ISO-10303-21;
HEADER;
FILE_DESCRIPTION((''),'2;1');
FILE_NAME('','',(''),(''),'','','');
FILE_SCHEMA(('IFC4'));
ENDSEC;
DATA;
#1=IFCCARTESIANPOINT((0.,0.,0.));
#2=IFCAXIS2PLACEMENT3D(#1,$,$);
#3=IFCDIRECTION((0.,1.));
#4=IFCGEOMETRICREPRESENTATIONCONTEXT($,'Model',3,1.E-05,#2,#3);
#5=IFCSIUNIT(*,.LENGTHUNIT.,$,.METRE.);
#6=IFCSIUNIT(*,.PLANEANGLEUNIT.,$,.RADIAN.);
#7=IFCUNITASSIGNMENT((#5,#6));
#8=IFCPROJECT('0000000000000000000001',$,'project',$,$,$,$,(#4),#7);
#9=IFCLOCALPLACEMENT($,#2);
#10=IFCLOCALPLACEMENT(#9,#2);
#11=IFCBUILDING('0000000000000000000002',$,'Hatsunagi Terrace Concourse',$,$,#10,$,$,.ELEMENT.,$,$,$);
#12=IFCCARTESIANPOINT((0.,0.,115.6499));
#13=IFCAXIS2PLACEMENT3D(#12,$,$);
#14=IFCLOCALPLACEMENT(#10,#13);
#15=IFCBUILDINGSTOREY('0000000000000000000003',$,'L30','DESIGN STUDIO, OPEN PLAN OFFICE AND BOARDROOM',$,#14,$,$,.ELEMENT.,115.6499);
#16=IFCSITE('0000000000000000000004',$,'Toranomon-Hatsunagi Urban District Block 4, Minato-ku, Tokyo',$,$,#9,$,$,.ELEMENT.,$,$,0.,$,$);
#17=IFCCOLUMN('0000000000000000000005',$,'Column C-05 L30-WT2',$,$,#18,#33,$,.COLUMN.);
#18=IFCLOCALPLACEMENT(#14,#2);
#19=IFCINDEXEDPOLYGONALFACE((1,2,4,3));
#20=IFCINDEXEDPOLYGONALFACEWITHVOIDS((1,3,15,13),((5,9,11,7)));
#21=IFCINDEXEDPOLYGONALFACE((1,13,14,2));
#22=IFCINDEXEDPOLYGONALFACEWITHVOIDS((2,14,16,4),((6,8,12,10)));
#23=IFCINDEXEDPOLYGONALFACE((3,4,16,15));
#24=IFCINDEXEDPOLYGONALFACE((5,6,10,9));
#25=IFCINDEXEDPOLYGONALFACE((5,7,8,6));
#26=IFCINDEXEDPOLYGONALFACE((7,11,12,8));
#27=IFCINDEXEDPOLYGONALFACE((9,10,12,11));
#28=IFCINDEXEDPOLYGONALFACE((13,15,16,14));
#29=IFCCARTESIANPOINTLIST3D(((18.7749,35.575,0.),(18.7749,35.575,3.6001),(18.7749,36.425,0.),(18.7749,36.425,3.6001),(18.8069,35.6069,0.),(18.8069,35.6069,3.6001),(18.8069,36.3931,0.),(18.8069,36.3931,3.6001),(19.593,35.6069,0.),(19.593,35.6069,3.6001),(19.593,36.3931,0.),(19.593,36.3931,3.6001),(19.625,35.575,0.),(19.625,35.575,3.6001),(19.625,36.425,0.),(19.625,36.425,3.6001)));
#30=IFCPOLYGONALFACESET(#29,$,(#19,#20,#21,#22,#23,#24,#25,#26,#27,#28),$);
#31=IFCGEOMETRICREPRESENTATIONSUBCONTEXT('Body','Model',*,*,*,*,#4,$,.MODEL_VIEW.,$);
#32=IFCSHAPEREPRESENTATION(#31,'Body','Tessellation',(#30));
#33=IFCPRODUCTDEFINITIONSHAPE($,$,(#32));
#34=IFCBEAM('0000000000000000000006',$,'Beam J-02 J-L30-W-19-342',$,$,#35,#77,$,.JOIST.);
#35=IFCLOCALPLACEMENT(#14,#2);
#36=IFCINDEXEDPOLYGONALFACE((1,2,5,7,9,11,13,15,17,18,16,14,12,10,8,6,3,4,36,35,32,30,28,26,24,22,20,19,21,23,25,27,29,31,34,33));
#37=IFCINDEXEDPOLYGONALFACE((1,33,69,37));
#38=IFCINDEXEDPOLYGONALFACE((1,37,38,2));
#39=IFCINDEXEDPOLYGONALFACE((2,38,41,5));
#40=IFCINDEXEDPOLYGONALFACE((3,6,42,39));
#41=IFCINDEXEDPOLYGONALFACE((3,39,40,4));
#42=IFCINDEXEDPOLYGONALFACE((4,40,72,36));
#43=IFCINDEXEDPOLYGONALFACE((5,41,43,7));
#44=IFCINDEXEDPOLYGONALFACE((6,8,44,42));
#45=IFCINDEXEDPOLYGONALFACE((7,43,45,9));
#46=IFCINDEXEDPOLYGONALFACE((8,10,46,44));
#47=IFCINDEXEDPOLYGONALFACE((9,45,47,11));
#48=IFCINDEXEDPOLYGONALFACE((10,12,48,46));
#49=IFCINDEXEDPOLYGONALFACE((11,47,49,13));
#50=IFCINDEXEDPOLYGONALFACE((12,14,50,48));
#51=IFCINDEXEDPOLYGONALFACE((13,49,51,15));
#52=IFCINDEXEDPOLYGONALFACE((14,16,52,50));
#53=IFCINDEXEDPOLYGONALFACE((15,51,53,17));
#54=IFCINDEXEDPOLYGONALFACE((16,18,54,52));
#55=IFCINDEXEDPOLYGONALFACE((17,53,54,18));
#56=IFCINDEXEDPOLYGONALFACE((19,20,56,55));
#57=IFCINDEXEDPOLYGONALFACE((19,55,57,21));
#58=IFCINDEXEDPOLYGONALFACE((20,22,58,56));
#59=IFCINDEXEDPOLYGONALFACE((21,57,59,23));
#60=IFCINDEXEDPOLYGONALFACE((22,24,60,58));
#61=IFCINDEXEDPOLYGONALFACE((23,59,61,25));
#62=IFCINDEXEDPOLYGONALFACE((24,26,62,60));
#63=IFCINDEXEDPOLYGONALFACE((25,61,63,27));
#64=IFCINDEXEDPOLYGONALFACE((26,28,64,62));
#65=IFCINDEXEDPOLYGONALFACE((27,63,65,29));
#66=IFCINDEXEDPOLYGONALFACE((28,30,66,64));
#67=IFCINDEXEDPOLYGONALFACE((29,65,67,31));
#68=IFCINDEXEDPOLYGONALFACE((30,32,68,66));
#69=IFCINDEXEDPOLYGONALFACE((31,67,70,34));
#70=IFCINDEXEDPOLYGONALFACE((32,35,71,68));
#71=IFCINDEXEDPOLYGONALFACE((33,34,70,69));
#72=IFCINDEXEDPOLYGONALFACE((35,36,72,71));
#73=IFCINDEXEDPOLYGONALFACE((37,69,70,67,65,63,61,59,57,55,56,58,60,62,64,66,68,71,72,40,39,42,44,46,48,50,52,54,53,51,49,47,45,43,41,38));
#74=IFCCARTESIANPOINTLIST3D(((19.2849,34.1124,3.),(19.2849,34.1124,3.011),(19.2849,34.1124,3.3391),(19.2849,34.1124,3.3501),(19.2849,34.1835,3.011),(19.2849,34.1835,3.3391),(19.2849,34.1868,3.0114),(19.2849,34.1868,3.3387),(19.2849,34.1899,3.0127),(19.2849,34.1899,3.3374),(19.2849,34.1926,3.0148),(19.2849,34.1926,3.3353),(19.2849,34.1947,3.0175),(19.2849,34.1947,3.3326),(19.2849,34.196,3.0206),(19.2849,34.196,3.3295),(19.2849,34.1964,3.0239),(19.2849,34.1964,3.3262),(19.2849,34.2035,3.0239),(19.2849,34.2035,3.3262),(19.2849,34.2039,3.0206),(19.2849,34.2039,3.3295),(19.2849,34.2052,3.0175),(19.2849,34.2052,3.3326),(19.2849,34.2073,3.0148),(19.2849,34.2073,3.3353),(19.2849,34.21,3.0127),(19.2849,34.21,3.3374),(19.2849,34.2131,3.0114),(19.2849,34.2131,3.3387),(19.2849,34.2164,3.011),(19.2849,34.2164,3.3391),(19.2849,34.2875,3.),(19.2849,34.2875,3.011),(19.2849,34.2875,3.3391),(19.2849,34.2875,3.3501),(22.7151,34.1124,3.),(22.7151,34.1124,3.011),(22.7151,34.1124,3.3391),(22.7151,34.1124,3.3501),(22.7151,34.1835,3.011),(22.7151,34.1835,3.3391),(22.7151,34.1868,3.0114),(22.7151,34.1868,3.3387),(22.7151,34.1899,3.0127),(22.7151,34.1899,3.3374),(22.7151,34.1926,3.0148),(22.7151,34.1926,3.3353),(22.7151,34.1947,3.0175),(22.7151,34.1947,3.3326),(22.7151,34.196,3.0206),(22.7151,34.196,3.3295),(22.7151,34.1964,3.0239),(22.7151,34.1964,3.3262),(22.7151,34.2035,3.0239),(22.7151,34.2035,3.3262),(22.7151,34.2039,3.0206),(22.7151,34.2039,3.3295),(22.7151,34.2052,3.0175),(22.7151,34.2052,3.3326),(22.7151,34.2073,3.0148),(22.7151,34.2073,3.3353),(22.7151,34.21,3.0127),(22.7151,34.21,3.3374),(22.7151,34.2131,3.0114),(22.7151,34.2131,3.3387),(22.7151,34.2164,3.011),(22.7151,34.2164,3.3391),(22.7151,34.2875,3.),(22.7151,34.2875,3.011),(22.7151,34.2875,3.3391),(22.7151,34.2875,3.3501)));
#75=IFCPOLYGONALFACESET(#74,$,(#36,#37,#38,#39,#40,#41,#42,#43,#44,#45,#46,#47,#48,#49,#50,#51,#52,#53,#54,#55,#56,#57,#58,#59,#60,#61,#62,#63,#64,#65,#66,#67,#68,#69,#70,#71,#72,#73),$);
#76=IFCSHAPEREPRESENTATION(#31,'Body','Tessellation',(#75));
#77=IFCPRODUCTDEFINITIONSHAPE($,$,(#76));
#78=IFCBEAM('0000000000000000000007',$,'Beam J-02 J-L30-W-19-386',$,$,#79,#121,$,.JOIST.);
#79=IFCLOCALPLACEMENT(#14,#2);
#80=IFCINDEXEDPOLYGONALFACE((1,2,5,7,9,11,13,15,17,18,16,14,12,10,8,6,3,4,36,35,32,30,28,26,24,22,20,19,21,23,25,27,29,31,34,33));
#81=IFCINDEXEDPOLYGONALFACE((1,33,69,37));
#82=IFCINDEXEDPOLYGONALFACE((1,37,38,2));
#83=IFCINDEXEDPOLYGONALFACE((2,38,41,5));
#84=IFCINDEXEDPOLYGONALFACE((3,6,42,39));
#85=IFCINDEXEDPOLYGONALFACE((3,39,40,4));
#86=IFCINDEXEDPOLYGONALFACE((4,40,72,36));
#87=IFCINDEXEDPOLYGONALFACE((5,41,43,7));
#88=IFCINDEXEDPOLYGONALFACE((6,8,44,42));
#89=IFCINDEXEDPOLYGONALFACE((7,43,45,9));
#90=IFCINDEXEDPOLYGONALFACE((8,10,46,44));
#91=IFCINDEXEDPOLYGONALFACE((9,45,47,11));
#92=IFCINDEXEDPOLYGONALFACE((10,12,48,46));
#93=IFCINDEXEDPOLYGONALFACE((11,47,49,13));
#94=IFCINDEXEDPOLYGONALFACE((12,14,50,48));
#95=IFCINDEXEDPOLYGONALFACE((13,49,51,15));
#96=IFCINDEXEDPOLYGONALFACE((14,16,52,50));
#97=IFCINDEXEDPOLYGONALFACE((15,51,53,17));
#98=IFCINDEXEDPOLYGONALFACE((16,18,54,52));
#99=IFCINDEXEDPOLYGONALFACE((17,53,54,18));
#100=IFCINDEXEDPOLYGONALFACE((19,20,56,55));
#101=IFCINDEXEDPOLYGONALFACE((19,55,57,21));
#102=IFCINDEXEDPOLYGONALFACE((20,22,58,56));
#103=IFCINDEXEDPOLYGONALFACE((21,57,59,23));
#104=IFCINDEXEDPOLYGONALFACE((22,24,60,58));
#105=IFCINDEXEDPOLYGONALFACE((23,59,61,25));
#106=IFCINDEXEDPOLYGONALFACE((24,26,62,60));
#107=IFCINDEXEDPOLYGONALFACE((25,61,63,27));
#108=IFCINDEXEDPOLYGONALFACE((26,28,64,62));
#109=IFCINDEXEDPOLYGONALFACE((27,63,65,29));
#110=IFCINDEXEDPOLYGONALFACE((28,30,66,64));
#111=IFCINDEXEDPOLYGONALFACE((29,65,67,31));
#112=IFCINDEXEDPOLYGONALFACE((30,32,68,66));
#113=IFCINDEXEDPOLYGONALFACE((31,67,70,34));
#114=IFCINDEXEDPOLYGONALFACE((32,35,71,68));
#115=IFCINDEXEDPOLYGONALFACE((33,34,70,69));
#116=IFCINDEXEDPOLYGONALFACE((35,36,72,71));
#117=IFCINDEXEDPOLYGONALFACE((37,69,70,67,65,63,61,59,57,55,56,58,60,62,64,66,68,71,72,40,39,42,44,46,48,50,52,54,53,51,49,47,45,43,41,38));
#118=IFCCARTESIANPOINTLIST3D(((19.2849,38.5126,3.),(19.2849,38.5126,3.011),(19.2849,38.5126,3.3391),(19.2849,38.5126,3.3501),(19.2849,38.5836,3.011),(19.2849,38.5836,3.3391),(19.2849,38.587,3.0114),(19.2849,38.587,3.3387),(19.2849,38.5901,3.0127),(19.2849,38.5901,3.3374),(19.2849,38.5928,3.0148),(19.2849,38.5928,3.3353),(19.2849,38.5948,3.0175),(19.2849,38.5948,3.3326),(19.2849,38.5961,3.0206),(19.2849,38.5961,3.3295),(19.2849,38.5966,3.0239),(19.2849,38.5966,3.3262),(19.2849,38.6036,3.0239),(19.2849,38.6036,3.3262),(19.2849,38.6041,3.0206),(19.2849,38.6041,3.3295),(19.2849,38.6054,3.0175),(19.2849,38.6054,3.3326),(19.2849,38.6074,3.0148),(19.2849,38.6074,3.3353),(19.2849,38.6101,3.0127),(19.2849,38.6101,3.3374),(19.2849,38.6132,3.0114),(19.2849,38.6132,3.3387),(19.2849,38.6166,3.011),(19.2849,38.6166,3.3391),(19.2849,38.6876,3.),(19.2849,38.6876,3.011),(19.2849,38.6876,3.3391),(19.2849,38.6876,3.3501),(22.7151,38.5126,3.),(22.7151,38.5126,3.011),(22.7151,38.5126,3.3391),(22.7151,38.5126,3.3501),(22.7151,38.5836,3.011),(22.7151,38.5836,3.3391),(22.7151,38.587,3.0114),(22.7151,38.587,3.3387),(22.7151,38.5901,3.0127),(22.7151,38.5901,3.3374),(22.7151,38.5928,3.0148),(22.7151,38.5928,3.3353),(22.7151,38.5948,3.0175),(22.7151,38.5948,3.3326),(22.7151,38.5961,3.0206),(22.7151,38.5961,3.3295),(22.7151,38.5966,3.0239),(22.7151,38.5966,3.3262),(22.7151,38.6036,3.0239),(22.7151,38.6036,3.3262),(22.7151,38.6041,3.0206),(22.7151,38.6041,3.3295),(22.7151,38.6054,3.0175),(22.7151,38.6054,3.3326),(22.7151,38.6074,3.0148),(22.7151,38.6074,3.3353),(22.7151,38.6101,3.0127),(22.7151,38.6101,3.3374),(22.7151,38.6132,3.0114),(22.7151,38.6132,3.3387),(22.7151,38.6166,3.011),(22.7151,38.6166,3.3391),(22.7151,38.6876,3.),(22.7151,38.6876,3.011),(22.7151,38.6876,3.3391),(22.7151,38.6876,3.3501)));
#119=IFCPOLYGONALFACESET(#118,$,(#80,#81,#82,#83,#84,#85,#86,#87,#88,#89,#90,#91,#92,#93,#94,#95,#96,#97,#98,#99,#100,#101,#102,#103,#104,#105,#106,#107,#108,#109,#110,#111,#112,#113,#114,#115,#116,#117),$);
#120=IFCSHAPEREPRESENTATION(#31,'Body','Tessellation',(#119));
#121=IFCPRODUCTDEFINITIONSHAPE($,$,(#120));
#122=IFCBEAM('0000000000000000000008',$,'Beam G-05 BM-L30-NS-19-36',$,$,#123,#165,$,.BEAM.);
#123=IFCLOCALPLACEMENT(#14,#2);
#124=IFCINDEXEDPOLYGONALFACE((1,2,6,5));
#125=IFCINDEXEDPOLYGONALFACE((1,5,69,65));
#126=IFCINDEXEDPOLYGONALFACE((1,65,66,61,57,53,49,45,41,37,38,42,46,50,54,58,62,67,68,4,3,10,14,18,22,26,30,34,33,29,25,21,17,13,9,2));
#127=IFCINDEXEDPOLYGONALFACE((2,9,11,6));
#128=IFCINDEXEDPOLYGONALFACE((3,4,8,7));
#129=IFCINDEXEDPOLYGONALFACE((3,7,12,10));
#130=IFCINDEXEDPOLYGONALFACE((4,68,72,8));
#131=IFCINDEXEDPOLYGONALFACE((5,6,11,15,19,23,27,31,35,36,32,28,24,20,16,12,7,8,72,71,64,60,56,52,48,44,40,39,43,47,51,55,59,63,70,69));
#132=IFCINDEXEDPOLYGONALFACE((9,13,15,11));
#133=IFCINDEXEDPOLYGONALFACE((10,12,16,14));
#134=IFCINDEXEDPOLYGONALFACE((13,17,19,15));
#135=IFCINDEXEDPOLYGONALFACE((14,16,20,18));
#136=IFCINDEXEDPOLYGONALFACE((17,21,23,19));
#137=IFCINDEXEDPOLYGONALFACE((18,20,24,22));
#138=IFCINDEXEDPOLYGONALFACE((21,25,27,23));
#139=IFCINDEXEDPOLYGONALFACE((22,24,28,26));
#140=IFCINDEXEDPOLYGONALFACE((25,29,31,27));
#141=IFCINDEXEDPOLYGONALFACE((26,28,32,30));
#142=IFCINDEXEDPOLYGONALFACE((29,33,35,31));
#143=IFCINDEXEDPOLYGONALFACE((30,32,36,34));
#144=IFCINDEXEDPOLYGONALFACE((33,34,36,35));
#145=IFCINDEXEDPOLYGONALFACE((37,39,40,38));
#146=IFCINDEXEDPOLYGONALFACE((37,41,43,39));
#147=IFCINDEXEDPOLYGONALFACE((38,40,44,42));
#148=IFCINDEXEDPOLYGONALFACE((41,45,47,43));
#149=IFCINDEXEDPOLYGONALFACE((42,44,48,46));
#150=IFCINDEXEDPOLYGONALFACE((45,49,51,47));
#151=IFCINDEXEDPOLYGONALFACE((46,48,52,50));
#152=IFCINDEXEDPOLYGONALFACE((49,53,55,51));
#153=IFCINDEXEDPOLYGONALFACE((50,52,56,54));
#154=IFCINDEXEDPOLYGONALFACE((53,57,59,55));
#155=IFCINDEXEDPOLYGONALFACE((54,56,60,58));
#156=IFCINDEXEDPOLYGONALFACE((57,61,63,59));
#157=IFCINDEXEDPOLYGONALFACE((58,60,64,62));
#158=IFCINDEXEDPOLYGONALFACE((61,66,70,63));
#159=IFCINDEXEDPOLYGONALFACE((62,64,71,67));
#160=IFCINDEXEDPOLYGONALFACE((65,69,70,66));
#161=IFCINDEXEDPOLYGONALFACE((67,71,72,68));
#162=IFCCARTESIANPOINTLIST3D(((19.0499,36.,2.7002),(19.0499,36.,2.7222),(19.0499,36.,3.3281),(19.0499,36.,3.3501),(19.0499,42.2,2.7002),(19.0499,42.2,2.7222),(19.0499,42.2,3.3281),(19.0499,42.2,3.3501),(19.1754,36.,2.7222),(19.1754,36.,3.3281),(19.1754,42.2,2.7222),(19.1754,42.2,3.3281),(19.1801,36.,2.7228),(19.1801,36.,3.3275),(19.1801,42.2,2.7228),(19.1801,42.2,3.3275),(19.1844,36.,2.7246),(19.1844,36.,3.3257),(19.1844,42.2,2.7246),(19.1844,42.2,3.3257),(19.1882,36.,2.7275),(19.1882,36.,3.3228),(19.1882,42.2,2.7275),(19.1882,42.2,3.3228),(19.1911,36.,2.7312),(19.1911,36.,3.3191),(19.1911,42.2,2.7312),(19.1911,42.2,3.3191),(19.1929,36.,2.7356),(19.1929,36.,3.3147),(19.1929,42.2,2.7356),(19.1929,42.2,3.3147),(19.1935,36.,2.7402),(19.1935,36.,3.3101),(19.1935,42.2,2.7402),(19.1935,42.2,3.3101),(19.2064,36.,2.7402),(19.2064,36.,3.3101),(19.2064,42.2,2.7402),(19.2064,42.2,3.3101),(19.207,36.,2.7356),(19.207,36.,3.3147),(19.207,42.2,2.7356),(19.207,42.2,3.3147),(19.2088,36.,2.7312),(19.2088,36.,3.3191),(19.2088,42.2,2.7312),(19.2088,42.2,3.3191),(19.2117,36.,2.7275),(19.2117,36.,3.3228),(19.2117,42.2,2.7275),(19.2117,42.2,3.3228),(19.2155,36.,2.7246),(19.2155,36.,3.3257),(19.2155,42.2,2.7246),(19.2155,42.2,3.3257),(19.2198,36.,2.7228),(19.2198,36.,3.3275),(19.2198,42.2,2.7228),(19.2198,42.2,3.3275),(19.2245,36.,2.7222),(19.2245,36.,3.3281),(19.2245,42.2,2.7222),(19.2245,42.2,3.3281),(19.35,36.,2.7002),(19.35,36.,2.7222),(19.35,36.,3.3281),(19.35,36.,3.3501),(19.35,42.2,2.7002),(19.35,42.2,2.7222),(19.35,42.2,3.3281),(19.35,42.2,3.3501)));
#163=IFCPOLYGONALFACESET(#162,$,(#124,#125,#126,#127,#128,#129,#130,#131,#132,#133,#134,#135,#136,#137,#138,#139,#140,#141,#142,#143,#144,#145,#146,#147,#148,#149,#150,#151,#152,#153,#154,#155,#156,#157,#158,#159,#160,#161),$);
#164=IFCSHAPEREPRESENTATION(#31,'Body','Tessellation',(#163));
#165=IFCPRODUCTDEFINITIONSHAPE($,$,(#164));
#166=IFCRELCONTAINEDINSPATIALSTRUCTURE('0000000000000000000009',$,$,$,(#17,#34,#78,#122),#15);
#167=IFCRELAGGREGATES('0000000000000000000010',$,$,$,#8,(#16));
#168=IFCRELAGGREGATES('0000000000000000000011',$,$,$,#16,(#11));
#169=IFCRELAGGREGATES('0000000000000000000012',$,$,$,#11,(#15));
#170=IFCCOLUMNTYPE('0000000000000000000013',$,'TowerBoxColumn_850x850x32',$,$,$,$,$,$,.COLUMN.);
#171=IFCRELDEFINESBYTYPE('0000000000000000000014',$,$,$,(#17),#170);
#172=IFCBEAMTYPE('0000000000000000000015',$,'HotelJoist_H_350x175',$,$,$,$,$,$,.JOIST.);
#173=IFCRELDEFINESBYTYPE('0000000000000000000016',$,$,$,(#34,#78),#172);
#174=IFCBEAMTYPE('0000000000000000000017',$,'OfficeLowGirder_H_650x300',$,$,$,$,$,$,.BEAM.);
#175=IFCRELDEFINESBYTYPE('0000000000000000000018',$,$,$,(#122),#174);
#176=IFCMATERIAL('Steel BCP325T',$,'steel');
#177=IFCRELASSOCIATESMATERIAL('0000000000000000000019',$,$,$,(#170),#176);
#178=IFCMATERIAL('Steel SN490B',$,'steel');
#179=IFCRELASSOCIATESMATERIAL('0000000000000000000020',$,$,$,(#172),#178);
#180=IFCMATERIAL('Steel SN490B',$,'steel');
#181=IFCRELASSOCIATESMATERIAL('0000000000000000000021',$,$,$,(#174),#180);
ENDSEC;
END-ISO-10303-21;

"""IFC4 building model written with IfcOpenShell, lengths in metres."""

from ifc_helpers import new_model, si_unit, direction, frame, origin, origin_2d, place, context, subcontext, project, spatial, hollow_rectangle, i_section, extrude, material, material_profile, profile_set, type_object, element, save


model = new_model("IFC4")

# Units and contexts
model_context = context("Model", 3, precision=1e-05, world=origin(), true_north=direction((0.0, 1.0)))
body_context = subcontext(model_context, "Body", "Model", "MODEL_VIEW")
ifc_project = project(units=[si_unit("LENGTHUNIT", "METRE"), si_unit("PLANEANGLEUNIT", "RADIAN")], contexts=[model_context])

# Site, building, storey
site_placement = place(None, origin())
site = spatial("IfcSite", under=ifc_project, at=site_placement, Name="Toranomon-Hatsunagi Urban District Block 4, Minato-ku, Tokyo", CompositionType="ELEMENT", RefElevation=0.0)
building_placement = place(site_placement, origin())
building = spatial("IfcBuilding", under=site, at=building_placement, Name="Hatsunagi Terrace Concourse", CompositionType="ELEMENT")
storey_placement = place(building_placement, frame((0.0, 0.0, 115.6499)))
storey = spatial("IfcBuildingStorey", under=building, at=storey_placement, Name="L30", Description="DESIGN STUDIO, OPEN PLAN OFFICE AND BOARDROOM", CompositionType="ELEMENT", Elevation=115.6499)

# Column
ifc_material_1 = material(Name="Steel BCP325T", Category="steel")
ifc_material_profile_1 = material_profile(ifc_material_1, hollow_rectangle(XDim=0.8501, YDim=0.8501, WallThickness=0.032, at=origin_2d()), Name="BCP-850x850x32")
ifc_profile_set_1 = profile_set([ifc_material_profile_1], Name="Steel BCP325T")
column_type = type_object("IfcColumnType", Name="TowerBoxColumn_850x850x32", PredefinedType="COLUMN", material=ifc_profile_set_1)
column_placement = place(storey_placement, frame((19.2, 36.0, 0.0), z_axis=(0.0, 0.0, 1.0), x_axis=(1.0, 0.0, 0.0)))
element("IfcColumn", 1, at=column_placement, inside=storey, type_object=column_type, Name="Column C-05 L30-WT2", PredefinedType="COLUMN", context=body_context, shape_type="SweptSolid", body=[
    extrude(hollow_rectangle(XDim=0.8501, YDim=0.8501, WallThickness=0.032, at=origin_2d()), origin(), (0.0, 0.0, 1.0), 3.6001),
])

# Beams
ifc_material_2 = material(Name="Steel SN490B", Category="steel")
ifc_material_profile_2 = material_profile(ifc_material_2, i_section(OverallWidth=0.175, OverallDepth=0.3501, WebThickness=0.0071, FlangeThickness=0.011, FilletRadius=0.0129, at=origin_2d()), Name="H-350x175x7x11")
ifc_profile_set_2 = profile_set([ifc_material_profile_2], Name="Steel SN490B")
beam_type_1 = type_object("IfcBeamType", Name="HotelJoist_H_350x175", PredefinedType="JOIST", material=ifc_profile_set_2)
for number, where, z_axis, x_axis, name in (
    (2, (19.2849, 34.2, 3.175), (1.0, 0.0, 0.0), (0.0, 1.0, 0.0), "Beam J-02 J-L30-W-19-342"),
    (3, (19.2849, 38.6001, 3.175), (1.0, 0.0, 0.0), (0.0, 1.0, 0.0), "Beam J-02 J-L30-W-19-386"),
):
    element("IfcBeam", number, at=place(storey_placement, frame(where, z_axis=z_axis, x_axis=x_axis)), inside=storey, type_object=beam_type_1, Name=name, PredefinedType="JOIST", context=body_context, shape_type="SweptSolid", body=[
        extrude(i_section(OverallWidth=0.175, OverallDepth=0.3501, WebThickness=0.0071, FlangeThickness=0.011, FilletRadius=0.0129, at=origin_2d()), origin(), (0.0, 0.0, 1.0), 3.4302),
    ])
ifc_material_3 = material(Name="Steel SN490B", Category="steel")
ifc_material_profile_3 = material_profile(ifc_material_3, i_section(OverallWidth=0.3, OverallDepth=0.6499, WebThickness=0.0129, FlangeThickness=0.022, FilletRadius=0.0181, at=origin_2d()), Name="H-650x300x13x22")
ifc_profile_set_3 = profile_set([ifc_material_profile_3], Name="Steel SN490B")
beam_type_2 = type_object("IfcBeamType", Name="OfficeLowGirder_H_650x300", PredefinedType="BEAM", material=ifc_profile_set_3)
beam_1_placement = place(storey_placement, frame((19.2, 36.0, 3.0251), z_axis=(0.0, 1.0, 0.0), x_axis=(-1.0, 0.0, 0.0)))
element("IfcBeam", 4, at=beam_1_placement, inside=storey, type_object=beam_type_2, Name="Beam G-05 BM-L30-NS-19-36", PredefinedType="BEAM", context=body_context, shape_type="SweptSolid", body=[
    extrude(i_section(OverallWidth=0.3, OverallDepth=0.6499, WebThickness=0.0129, FlangeThickness=0.022, FilletRadius=0.0181, at=origin_2d()), origin(), (0.0, 0.0, 1.0), 6.2),
])

save(model, "model.ifc")
